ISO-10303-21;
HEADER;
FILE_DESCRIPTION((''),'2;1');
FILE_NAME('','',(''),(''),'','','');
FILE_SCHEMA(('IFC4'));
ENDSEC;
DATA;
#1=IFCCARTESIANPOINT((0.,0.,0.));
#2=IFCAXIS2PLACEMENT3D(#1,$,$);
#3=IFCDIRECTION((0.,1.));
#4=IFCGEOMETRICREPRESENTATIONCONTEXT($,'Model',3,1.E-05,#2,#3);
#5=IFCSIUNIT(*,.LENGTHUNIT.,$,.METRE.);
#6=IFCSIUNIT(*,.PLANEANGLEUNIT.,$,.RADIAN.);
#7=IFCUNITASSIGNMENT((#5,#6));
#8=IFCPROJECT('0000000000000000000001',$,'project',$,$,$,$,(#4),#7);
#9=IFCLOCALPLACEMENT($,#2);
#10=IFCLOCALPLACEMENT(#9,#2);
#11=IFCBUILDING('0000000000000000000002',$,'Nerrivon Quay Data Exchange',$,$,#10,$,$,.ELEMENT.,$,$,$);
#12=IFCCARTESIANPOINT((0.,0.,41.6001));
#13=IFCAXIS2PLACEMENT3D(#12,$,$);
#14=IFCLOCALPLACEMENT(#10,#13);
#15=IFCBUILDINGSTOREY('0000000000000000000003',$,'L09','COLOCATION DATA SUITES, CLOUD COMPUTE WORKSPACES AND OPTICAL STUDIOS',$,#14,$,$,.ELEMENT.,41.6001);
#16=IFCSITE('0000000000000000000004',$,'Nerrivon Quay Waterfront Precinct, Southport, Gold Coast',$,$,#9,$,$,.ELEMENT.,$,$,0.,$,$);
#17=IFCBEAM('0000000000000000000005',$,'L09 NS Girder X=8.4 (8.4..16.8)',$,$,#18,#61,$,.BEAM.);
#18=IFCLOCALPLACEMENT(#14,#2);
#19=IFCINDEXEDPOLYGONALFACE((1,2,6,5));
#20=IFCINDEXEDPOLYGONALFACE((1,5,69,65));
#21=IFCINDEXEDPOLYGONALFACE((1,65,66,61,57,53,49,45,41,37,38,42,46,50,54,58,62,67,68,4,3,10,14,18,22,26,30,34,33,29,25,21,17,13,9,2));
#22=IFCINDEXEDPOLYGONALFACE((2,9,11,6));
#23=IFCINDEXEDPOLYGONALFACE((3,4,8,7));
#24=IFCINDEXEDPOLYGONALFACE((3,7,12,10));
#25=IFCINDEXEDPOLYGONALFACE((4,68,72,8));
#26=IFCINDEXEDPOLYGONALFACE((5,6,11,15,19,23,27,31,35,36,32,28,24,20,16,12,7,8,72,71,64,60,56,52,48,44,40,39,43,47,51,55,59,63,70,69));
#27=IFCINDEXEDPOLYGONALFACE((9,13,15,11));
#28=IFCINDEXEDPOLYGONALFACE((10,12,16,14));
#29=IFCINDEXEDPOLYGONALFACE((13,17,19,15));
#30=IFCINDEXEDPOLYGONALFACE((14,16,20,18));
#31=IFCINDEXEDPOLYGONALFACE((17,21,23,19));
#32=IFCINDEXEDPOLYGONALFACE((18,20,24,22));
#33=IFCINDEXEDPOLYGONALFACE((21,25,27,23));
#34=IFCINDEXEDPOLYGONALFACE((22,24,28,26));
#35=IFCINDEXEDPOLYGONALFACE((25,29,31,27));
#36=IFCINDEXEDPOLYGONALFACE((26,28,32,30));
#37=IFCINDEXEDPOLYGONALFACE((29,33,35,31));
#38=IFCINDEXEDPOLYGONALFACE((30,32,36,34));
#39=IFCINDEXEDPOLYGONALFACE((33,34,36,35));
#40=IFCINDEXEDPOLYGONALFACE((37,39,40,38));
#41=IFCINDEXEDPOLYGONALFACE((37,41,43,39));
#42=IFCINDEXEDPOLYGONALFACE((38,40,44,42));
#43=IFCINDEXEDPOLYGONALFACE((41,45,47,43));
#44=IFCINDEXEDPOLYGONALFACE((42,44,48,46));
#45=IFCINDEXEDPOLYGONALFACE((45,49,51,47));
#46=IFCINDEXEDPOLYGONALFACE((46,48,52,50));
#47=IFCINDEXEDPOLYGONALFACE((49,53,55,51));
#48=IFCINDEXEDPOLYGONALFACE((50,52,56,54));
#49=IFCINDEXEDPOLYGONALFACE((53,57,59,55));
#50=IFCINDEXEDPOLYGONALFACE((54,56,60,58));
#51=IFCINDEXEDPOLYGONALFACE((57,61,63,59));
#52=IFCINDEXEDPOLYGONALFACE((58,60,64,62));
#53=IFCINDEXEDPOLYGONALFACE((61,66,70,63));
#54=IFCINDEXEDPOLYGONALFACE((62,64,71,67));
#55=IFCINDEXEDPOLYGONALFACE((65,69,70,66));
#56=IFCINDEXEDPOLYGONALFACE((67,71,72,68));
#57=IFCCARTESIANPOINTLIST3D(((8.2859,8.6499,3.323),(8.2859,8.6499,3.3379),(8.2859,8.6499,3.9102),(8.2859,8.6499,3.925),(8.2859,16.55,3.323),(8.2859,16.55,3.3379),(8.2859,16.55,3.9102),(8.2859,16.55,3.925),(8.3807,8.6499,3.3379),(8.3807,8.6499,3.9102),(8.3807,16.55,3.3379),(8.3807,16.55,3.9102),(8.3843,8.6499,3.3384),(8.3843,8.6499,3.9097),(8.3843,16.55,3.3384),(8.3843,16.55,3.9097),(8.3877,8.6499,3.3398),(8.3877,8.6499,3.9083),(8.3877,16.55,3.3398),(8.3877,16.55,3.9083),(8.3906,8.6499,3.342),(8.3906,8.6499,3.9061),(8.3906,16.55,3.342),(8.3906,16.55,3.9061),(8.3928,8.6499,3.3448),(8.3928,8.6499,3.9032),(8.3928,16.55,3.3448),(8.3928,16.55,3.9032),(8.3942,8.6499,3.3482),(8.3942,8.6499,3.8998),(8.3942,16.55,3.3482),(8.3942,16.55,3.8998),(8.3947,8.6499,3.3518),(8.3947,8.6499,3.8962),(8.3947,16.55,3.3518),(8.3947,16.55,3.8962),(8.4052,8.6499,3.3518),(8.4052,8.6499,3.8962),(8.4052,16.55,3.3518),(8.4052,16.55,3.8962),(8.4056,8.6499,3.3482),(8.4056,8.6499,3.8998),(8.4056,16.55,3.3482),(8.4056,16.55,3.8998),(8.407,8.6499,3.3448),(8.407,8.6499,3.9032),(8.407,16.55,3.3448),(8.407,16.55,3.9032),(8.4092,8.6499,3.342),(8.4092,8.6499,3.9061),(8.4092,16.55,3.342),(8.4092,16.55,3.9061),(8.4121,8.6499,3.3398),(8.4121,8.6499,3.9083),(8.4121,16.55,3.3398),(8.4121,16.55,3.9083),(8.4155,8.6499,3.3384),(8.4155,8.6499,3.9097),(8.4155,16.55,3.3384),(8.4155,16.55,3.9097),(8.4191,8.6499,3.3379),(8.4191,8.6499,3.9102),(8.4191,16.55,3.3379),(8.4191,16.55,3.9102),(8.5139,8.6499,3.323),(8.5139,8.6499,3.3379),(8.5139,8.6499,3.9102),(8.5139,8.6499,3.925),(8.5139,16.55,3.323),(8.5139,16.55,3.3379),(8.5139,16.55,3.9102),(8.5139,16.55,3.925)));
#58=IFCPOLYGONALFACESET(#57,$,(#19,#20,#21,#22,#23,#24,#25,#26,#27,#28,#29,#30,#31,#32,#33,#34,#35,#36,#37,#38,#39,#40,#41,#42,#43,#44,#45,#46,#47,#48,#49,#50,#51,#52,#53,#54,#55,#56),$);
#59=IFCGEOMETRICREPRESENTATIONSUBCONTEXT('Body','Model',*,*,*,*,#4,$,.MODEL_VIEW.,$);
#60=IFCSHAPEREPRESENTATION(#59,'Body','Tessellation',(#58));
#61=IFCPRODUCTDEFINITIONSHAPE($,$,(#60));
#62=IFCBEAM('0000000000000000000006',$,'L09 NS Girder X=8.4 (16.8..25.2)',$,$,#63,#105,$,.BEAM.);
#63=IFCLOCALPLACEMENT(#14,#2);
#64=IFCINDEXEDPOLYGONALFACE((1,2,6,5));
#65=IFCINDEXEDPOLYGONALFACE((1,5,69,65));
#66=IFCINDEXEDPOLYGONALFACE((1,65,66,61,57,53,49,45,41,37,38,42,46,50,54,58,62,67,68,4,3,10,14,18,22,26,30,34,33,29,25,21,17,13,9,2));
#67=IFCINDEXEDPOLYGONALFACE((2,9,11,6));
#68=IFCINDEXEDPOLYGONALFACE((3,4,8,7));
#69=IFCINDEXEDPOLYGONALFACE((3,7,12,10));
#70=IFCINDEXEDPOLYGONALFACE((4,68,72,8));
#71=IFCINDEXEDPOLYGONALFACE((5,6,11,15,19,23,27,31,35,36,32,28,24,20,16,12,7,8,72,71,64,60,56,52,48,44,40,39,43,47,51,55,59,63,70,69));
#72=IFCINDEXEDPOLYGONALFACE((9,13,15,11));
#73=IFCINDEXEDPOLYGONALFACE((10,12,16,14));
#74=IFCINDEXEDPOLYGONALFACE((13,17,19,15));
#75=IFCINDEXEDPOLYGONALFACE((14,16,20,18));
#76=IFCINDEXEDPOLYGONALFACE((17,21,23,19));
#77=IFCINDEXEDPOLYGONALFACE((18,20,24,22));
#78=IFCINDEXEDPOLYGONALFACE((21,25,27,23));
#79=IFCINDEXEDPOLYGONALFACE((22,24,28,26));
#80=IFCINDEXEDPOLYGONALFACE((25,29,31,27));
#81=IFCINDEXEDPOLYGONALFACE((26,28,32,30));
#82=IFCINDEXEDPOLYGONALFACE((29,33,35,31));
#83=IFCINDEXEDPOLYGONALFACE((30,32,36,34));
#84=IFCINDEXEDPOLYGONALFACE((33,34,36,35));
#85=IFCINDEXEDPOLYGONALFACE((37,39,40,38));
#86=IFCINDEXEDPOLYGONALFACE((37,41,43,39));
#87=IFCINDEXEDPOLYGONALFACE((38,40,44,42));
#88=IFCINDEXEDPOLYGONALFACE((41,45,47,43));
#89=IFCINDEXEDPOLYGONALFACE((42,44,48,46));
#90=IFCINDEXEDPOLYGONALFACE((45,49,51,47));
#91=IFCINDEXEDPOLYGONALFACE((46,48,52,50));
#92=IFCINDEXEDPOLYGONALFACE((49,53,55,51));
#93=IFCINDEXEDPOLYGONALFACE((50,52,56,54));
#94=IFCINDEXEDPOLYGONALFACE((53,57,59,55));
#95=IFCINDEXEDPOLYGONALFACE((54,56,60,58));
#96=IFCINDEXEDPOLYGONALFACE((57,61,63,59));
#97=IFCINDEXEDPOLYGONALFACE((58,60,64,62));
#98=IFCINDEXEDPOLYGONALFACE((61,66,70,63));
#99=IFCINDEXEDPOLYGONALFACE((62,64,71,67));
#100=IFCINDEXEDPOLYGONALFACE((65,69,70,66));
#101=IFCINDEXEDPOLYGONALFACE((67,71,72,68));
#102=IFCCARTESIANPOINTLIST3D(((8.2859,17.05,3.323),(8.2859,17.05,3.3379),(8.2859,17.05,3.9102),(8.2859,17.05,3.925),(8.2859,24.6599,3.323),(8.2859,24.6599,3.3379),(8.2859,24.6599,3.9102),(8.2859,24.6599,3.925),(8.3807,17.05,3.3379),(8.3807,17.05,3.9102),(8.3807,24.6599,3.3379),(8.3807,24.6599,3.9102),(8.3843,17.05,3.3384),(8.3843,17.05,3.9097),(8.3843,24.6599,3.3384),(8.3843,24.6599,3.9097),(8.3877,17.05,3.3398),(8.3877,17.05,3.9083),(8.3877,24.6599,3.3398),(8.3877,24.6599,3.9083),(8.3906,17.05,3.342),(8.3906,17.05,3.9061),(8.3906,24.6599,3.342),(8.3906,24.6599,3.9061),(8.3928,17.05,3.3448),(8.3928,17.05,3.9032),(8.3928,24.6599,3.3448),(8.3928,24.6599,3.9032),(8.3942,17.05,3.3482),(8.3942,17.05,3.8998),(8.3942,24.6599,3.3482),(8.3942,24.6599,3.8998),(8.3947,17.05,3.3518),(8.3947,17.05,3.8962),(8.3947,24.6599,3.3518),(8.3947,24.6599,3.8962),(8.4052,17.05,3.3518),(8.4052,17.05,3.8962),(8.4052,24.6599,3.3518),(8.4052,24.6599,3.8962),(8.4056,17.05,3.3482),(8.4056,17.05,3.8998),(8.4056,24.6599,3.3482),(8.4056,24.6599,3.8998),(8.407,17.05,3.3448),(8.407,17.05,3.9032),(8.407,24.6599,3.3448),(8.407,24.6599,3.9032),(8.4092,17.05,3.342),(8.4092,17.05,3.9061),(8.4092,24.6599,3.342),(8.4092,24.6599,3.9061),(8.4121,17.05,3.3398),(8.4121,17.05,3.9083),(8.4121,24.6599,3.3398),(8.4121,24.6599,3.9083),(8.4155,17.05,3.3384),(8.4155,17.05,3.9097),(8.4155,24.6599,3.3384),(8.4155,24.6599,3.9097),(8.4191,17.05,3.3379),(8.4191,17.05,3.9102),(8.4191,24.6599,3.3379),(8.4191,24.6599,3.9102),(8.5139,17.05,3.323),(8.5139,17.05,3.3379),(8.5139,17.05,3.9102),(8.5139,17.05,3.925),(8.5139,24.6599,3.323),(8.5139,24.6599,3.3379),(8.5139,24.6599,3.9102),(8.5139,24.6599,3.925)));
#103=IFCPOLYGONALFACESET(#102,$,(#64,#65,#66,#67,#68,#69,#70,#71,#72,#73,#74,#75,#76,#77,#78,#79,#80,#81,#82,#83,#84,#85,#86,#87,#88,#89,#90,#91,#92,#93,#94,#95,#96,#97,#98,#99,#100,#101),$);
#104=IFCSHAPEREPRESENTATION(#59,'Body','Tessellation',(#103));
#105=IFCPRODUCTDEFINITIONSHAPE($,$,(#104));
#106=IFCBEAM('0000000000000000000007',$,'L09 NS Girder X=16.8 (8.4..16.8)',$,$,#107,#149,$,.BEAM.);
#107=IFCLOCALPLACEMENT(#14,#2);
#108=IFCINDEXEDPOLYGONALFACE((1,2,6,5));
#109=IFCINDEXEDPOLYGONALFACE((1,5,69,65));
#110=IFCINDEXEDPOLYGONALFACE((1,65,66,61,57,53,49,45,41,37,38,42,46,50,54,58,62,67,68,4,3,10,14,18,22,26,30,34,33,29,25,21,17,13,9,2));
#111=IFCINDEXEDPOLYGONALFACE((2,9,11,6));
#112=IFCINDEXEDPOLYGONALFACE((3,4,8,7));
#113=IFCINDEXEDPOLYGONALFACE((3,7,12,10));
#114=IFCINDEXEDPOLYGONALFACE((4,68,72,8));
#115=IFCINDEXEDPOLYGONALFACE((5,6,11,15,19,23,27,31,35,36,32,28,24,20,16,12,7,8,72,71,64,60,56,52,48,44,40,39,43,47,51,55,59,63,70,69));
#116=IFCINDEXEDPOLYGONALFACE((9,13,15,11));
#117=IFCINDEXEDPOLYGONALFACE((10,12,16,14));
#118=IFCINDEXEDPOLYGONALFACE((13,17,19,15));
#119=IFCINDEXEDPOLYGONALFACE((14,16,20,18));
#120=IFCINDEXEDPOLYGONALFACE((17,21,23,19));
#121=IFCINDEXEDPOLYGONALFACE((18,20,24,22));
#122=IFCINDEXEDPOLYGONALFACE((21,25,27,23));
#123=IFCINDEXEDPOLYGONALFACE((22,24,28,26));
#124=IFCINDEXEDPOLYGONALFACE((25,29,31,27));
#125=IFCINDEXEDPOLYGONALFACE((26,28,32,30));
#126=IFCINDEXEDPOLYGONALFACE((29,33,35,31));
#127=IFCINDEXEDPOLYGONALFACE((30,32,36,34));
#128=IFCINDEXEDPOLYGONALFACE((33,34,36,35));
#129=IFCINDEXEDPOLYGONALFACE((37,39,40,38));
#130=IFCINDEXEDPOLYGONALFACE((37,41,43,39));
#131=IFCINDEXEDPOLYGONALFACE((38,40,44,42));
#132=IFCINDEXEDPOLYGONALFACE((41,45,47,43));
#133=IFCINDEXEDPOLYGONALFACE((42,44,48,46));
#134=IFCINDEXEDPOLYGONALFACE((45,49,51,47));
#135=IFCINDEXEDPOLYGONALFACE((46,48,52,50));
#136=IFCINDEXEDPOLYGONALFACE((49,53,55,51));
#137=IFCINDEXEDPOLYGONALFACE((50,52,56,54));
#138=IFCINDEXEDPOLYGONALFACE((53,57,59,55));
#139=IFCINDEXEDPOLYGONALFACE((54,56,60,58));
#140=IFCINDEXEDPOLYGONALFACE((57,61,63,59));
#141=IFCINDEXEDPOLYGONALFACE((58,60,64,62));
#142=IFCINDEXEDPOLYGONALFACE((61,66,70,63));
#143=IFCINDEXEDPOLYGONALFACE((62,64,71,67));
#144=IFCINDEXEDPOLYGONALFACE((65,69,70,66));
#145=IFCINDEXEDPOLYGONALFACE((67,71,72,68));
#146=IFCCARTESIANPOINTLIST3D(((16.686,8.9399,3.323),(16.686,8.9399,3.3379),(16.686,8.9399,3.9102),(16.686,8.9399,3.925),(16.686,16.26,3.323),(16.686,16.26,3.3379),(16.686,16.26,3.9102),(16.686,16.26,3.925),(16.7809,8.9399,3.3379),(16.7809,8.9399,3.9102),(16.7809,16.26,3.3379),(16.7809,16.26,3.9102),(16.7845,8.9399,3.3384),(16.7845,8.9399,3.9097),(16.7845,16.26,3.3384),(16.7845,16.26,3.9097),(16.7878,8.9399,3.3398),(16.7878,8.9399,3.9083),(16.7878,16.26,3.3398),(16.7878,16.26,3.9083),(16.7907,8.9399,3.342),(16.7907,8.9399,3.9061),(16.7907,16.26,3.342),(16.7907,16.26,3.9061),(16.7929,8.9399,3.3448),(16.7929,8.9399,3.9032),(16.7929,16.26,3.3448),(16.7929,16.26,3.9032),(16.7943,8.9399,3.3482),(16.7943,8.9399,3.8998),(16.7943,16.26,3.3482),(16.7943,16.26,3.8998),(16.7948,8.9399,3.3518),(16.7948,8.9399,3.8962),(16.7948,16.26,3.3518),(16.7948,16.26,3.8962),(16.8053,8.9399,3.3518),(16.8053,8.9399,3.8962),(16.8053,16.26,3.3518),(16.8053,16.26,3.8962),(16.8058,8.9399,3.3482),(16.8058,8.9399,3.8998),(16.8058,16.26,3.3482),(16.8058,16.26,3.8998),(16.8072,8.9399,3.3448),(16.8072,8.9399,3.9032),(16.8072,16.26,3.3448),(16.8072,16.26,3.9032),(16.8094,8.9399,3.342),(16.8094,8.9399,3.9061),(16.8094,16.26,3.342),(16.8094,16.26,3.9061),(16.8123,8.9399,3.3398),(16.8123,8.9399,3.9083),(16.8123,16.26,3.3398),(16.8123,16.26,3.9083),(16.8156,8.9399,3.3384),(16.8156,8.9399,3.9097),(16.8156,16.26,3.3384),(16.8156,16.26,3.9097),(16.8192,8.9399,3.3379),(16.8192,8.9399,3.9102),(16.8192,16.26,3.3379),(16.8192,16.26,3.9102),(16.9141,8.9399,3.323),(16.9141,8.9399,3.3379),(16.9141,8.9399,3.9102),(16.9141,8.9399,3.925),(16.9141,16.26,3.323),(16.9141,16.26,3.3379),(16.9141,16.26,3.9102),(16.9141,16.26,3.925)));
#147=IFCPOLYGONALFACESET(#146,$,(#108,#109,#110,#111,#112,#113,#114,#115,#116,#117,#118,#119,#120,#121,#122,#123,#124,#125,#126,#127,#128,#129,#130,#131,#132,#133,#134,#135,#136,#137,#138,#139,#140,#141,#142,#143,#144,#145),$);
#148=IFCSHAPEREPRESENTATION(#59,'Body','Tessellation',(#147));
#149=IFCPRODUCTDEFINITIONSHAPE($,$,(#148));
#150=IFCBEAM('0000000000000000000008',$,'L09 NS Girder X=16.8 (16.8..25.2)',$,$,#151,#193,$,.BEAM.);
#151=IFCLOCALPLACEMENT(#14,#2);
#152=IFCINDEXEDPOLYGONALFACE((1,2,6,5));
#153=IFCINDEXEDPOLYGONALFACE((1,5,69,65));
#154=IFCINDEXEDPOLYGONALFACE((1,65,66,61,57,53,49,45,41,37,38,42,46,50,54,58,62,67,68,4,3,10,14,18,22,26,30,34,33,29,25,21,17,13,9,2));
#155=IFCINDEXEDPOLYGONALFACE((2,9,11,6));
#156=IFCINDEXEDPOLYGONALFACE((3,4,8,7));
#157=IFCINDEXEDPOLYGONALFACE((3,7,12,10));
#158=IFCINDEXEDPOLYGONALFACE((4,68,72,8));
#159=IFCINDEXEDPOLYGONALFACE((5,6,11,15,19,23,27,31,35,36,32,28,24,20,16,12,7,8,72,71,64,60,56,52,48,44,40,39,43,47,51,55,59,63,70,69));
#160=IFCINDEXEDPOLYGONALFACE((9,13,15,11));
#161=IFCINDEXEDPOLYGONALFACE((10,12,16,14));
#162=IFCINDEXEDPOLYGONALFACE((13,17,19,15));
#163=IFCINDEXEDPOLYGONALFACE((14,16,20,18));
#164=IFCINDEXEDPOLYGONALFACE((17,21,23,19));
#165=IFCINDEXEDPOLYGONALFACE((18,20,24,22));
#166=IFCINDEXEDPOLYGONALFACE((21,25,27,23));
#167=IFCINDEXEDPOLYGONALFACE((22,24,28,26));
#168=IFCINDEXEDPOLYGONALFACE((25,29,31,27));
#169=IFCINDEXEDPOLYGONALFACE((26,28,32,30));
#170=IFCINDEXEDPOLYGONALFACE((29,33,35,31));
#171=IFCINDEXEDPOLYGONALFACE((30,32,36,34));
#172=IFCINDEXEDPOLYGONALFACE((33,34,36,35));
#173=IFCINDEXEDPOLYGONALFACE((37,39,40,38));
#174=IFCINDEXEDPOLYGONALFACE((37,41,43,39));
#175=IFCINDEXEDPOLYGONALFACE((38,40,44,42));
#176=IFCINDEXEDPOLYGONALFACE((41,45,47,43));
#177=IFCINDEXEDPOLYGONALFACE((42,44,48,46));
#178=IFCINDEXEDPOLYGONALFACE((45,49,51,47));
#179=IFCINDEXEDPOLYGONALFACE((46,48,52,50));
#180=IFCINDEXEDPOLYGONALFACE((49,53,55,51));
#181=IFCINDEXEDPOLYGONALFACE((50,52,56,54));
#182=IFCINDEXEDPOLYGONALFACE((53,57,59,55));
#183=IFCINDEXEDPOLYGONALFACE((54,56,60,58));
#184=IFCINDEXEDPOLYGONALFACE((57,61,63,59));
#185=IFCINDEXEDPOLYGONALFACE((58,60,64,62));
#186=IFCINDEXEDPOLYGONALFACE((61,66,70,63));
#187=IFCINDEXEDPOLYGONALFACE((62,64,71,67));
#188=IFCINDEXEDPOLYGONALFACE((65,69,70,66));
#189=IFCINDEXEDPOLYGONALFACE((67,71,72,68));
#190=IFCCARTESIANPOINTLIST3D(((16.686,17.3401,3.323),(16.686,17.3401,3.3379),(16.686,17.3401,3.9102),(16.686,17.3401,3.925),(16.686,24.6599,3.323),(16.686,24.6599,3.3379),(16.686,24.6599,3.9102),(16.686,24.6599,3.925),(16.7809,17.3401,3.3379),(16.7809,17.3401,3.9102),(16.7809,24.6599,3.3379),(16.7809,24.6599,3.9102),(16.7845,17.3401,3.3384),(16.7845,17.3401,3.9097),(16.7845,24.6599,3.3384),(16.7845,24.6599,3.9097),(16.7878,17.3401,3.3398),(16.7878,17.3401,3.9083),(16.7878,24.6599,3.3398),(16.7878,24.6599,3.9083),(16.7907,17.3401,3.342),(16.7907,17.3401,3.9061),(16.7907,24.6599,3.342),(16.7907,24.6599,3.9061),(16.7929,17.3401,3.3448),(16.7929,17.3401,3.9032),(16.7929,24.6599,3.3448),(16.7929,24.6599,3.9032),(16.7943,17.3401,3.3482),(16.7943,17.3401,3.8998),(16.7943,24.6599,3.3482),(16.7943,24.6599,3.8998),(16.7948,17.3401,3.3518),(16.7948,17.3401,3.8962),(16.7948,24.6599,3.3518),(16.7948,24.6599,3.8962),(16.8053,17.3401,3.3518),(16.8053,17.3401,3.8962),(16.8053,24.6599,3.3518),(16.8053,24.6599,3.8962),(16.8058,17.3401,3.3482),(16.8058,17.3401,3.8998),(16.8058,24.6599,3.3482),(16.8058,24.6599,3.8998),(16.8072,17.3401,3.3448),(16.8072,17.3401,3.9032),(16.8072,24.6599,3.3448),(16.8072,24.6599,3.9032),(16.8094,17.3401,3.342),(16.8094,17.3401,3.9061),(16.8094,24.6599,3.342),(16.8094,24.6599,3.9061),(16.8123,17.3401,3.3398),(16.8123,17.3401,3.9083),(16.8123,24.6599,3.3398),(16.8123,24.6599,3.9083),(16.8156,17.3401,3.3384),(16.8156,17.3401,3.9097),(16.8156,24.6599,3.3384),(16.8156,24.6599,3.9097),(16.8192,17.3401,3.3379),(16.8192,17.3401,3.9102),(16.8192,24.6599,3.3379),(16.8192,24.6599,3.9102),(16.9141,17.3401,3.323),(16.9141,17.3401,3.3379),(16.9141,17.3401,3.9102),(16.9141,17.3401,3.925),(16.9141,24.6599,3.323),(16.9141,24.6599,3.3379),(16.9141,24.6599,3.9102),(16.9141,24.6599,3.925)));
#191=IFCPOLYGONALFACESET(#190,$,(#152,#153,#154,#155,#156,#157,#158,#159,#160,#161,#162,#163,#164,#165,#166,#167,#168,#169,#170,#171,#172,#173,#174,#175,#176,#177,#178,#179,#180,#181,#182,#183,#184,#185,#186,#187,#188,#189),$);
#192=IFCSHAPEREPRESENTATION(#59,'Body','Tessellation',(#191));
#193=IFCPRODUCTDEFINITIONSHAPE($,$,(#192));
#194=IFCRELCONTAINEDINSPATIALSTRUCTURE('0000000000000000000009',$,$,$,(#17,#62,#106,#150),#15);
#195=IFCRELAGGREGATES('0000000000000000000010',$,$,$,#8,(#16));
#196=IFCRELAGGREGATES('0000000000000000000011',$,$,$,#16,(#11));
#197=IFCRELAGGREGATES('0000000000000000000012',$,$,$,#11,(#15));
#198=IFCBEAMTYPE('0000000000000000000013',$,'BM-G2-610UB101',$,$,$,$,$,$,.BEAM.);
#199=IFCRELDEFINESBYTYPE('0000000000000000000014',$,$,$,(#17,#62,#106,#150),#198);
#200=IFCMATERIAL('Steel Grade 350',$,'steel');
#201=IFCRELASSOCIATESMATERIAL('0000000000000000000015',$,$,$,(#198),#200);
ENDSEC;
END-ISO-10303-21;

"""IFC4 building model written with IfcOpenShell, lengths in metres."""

from ifc_helpers import new_model, si_unit, direction, frame, origin, origin_2d, place, context, subcontext, project, spatial, i_section, extrude, material, material_profile, profile_set, type_object, element, save


model = new_model("IFC4")

# Units and contexts
model_context = context("Model", 3, precision=1e-05, world=origin(), true_north=direction((0.0, 1.0)))
body_context = subcontext(model_context, "Body", "Model", "MODEL_VIEW")
ifc_project = project(units=[si_unit("LENGTHUNIT", "METRE"), si_unit("PLANEANGLEUNIT", "RADIAN")], contexts=[model_context])

# Site, building, storey
site_placement = place(None, origin())
site = spatial("IfcSite", under=ifc_project, at=site_placement, Name="Nerrivon Quay Waterfront Precinct, Southport, Gold Coast", CompositionType="ELEMENT", RefElevation=0.0)
building_placement = place(site_placement, origin())
building = spatial("IfcBuilding", under=site, at=building_placement, Name="Nerrivon Quay Data Exchange", CompositionType="ELEMENT")
storey_placement = place(building_placement, frame((0.0, 0.0, 41.6001)))
storey = spatial("IfcBuildingStorey", under=building, at=storey_placement, Name="L09", Description="COLOCATION DATA SUITES, CLOUD COMPUTE WORKSPACES AND OPTICAL STUDIOS", CompositionType="ELEMENT", Elevation=41.6001)

# Shared definitions
ifc_material_1 = material(Name="Steel Grade 350", Category="steel")

# Beams
ifc_material_profile_1 = material_profile(ifc_material_1, i_section(OverallWidth=0.228, OverallDepth=0.6021, WebThickness=0.0105, FlangeThickness=0.0149, FilletRadius=0.0139, at=origin_2d()), Name="610UB101")
ifc_profile_set_1 = profile_set([ifc_material_profile_1], Name="Steel Grade 350")
beam_type_1 = type_object("IfcBeamType", Name="BM-G2-610UB101", PredefinedType="BEAM", material=ifc_profile_set_1)
beam_1_placement = place(storey_placement, frame((8.3999, 8.6499, 3.624), z_axis=(0.0, 1.0, 0.0), x_axis=(-1.0, 0.0, 0.0)))
element("IfcBeam", 1, at=beam_1_placement, inside=storey, type_object=beam_type_1, Name="L09 NS Girder X=8.4 (8.4..16.8)", PredefinedType="BEAM", context=body_context, shape_type="SweptSolid", body=[
    extrude(i_section(OverallWidth=0.228, OverallDepth=0.6021, WebThickness=0.0105, FlangeThickness=0.0149, FilletRadius=0.0139, at=origin_2d()), origin(), (0.0, 0.0, 1.0), 7.9001),
])
beam_2_placement = place(storey_placement, frame((8.3999, 17.05, 3.624), z_axis=(0.0, 1.0, 0.0), x_axis=(-1.0, 0.0, 0.0)))
element("IfcBeam", 2, at=beam_2_placement, inside=storey, type_object=beam_type_1, Name="L09 NS Girder X=8.4 (16.8..25.2)", PredefinedType="BEAM", context=body_context, shape_type="SweptSolid", body=[
    extrude(i_section(OverallWidth=0.228, OverallDepth=0.6021, WebThickness=0.0105, FlangeThickness=0.0149, FilletRadius=0.0139, at=origin_2d()), origin(), (0.0, 0.0, 1.0), 7.6099),
])
beam_3_placement = place(storey_placement, frame((16.8, 8.9399, 3.624), z_axis=(0.0, 1.0, 0.0), x_axis=(-1.0, 0.0, 0.0)))
element("IfcBeam", 3, at=beam_3_placement, inside=storey, type_object=beam_type_1, Name="L09 NS Girder X=16.8 (8.4..16.8)", PredefinedType="BEAM", context=body_context, shape_type="SweptSolid", body=[
    extrude(i_section(OverallWidth=0.228, OverallDepth=0.6021, WebThickness=0.0105, FlangeThickness=0.0149, FilletRadius=0.0139, at=origin_2d()), origin(), (0.0, 0.0, 1.0), 7.3201),
])
beam_4_placement = place(storey_placement, frame((16.8, 17.3401, 3.624), z_axis=(0.0, 1.0, 0.0), x_axis=(-1.0, 0.0, 0.0)))
element("IfcBeam", 4, at=beam_4_placement, inside=storey, type_object=beam_type_1, Name="L09 NS Girder X=16.8 (16.8..25.2)", PredefinedType="BEAM", context=body_context, shape_type="SweptSolid", body=[
    extrude(i_section(OverallWidth=0.228, OverallDepth=0.6021, WebThickness=0.0105, FlangeThickness=0.0149, FilletRadius=0.0139, at=origin_2d()), origin(), (0.0, 0.0, 1.0), 7.3198),
])

save(model, "model.ifc")
